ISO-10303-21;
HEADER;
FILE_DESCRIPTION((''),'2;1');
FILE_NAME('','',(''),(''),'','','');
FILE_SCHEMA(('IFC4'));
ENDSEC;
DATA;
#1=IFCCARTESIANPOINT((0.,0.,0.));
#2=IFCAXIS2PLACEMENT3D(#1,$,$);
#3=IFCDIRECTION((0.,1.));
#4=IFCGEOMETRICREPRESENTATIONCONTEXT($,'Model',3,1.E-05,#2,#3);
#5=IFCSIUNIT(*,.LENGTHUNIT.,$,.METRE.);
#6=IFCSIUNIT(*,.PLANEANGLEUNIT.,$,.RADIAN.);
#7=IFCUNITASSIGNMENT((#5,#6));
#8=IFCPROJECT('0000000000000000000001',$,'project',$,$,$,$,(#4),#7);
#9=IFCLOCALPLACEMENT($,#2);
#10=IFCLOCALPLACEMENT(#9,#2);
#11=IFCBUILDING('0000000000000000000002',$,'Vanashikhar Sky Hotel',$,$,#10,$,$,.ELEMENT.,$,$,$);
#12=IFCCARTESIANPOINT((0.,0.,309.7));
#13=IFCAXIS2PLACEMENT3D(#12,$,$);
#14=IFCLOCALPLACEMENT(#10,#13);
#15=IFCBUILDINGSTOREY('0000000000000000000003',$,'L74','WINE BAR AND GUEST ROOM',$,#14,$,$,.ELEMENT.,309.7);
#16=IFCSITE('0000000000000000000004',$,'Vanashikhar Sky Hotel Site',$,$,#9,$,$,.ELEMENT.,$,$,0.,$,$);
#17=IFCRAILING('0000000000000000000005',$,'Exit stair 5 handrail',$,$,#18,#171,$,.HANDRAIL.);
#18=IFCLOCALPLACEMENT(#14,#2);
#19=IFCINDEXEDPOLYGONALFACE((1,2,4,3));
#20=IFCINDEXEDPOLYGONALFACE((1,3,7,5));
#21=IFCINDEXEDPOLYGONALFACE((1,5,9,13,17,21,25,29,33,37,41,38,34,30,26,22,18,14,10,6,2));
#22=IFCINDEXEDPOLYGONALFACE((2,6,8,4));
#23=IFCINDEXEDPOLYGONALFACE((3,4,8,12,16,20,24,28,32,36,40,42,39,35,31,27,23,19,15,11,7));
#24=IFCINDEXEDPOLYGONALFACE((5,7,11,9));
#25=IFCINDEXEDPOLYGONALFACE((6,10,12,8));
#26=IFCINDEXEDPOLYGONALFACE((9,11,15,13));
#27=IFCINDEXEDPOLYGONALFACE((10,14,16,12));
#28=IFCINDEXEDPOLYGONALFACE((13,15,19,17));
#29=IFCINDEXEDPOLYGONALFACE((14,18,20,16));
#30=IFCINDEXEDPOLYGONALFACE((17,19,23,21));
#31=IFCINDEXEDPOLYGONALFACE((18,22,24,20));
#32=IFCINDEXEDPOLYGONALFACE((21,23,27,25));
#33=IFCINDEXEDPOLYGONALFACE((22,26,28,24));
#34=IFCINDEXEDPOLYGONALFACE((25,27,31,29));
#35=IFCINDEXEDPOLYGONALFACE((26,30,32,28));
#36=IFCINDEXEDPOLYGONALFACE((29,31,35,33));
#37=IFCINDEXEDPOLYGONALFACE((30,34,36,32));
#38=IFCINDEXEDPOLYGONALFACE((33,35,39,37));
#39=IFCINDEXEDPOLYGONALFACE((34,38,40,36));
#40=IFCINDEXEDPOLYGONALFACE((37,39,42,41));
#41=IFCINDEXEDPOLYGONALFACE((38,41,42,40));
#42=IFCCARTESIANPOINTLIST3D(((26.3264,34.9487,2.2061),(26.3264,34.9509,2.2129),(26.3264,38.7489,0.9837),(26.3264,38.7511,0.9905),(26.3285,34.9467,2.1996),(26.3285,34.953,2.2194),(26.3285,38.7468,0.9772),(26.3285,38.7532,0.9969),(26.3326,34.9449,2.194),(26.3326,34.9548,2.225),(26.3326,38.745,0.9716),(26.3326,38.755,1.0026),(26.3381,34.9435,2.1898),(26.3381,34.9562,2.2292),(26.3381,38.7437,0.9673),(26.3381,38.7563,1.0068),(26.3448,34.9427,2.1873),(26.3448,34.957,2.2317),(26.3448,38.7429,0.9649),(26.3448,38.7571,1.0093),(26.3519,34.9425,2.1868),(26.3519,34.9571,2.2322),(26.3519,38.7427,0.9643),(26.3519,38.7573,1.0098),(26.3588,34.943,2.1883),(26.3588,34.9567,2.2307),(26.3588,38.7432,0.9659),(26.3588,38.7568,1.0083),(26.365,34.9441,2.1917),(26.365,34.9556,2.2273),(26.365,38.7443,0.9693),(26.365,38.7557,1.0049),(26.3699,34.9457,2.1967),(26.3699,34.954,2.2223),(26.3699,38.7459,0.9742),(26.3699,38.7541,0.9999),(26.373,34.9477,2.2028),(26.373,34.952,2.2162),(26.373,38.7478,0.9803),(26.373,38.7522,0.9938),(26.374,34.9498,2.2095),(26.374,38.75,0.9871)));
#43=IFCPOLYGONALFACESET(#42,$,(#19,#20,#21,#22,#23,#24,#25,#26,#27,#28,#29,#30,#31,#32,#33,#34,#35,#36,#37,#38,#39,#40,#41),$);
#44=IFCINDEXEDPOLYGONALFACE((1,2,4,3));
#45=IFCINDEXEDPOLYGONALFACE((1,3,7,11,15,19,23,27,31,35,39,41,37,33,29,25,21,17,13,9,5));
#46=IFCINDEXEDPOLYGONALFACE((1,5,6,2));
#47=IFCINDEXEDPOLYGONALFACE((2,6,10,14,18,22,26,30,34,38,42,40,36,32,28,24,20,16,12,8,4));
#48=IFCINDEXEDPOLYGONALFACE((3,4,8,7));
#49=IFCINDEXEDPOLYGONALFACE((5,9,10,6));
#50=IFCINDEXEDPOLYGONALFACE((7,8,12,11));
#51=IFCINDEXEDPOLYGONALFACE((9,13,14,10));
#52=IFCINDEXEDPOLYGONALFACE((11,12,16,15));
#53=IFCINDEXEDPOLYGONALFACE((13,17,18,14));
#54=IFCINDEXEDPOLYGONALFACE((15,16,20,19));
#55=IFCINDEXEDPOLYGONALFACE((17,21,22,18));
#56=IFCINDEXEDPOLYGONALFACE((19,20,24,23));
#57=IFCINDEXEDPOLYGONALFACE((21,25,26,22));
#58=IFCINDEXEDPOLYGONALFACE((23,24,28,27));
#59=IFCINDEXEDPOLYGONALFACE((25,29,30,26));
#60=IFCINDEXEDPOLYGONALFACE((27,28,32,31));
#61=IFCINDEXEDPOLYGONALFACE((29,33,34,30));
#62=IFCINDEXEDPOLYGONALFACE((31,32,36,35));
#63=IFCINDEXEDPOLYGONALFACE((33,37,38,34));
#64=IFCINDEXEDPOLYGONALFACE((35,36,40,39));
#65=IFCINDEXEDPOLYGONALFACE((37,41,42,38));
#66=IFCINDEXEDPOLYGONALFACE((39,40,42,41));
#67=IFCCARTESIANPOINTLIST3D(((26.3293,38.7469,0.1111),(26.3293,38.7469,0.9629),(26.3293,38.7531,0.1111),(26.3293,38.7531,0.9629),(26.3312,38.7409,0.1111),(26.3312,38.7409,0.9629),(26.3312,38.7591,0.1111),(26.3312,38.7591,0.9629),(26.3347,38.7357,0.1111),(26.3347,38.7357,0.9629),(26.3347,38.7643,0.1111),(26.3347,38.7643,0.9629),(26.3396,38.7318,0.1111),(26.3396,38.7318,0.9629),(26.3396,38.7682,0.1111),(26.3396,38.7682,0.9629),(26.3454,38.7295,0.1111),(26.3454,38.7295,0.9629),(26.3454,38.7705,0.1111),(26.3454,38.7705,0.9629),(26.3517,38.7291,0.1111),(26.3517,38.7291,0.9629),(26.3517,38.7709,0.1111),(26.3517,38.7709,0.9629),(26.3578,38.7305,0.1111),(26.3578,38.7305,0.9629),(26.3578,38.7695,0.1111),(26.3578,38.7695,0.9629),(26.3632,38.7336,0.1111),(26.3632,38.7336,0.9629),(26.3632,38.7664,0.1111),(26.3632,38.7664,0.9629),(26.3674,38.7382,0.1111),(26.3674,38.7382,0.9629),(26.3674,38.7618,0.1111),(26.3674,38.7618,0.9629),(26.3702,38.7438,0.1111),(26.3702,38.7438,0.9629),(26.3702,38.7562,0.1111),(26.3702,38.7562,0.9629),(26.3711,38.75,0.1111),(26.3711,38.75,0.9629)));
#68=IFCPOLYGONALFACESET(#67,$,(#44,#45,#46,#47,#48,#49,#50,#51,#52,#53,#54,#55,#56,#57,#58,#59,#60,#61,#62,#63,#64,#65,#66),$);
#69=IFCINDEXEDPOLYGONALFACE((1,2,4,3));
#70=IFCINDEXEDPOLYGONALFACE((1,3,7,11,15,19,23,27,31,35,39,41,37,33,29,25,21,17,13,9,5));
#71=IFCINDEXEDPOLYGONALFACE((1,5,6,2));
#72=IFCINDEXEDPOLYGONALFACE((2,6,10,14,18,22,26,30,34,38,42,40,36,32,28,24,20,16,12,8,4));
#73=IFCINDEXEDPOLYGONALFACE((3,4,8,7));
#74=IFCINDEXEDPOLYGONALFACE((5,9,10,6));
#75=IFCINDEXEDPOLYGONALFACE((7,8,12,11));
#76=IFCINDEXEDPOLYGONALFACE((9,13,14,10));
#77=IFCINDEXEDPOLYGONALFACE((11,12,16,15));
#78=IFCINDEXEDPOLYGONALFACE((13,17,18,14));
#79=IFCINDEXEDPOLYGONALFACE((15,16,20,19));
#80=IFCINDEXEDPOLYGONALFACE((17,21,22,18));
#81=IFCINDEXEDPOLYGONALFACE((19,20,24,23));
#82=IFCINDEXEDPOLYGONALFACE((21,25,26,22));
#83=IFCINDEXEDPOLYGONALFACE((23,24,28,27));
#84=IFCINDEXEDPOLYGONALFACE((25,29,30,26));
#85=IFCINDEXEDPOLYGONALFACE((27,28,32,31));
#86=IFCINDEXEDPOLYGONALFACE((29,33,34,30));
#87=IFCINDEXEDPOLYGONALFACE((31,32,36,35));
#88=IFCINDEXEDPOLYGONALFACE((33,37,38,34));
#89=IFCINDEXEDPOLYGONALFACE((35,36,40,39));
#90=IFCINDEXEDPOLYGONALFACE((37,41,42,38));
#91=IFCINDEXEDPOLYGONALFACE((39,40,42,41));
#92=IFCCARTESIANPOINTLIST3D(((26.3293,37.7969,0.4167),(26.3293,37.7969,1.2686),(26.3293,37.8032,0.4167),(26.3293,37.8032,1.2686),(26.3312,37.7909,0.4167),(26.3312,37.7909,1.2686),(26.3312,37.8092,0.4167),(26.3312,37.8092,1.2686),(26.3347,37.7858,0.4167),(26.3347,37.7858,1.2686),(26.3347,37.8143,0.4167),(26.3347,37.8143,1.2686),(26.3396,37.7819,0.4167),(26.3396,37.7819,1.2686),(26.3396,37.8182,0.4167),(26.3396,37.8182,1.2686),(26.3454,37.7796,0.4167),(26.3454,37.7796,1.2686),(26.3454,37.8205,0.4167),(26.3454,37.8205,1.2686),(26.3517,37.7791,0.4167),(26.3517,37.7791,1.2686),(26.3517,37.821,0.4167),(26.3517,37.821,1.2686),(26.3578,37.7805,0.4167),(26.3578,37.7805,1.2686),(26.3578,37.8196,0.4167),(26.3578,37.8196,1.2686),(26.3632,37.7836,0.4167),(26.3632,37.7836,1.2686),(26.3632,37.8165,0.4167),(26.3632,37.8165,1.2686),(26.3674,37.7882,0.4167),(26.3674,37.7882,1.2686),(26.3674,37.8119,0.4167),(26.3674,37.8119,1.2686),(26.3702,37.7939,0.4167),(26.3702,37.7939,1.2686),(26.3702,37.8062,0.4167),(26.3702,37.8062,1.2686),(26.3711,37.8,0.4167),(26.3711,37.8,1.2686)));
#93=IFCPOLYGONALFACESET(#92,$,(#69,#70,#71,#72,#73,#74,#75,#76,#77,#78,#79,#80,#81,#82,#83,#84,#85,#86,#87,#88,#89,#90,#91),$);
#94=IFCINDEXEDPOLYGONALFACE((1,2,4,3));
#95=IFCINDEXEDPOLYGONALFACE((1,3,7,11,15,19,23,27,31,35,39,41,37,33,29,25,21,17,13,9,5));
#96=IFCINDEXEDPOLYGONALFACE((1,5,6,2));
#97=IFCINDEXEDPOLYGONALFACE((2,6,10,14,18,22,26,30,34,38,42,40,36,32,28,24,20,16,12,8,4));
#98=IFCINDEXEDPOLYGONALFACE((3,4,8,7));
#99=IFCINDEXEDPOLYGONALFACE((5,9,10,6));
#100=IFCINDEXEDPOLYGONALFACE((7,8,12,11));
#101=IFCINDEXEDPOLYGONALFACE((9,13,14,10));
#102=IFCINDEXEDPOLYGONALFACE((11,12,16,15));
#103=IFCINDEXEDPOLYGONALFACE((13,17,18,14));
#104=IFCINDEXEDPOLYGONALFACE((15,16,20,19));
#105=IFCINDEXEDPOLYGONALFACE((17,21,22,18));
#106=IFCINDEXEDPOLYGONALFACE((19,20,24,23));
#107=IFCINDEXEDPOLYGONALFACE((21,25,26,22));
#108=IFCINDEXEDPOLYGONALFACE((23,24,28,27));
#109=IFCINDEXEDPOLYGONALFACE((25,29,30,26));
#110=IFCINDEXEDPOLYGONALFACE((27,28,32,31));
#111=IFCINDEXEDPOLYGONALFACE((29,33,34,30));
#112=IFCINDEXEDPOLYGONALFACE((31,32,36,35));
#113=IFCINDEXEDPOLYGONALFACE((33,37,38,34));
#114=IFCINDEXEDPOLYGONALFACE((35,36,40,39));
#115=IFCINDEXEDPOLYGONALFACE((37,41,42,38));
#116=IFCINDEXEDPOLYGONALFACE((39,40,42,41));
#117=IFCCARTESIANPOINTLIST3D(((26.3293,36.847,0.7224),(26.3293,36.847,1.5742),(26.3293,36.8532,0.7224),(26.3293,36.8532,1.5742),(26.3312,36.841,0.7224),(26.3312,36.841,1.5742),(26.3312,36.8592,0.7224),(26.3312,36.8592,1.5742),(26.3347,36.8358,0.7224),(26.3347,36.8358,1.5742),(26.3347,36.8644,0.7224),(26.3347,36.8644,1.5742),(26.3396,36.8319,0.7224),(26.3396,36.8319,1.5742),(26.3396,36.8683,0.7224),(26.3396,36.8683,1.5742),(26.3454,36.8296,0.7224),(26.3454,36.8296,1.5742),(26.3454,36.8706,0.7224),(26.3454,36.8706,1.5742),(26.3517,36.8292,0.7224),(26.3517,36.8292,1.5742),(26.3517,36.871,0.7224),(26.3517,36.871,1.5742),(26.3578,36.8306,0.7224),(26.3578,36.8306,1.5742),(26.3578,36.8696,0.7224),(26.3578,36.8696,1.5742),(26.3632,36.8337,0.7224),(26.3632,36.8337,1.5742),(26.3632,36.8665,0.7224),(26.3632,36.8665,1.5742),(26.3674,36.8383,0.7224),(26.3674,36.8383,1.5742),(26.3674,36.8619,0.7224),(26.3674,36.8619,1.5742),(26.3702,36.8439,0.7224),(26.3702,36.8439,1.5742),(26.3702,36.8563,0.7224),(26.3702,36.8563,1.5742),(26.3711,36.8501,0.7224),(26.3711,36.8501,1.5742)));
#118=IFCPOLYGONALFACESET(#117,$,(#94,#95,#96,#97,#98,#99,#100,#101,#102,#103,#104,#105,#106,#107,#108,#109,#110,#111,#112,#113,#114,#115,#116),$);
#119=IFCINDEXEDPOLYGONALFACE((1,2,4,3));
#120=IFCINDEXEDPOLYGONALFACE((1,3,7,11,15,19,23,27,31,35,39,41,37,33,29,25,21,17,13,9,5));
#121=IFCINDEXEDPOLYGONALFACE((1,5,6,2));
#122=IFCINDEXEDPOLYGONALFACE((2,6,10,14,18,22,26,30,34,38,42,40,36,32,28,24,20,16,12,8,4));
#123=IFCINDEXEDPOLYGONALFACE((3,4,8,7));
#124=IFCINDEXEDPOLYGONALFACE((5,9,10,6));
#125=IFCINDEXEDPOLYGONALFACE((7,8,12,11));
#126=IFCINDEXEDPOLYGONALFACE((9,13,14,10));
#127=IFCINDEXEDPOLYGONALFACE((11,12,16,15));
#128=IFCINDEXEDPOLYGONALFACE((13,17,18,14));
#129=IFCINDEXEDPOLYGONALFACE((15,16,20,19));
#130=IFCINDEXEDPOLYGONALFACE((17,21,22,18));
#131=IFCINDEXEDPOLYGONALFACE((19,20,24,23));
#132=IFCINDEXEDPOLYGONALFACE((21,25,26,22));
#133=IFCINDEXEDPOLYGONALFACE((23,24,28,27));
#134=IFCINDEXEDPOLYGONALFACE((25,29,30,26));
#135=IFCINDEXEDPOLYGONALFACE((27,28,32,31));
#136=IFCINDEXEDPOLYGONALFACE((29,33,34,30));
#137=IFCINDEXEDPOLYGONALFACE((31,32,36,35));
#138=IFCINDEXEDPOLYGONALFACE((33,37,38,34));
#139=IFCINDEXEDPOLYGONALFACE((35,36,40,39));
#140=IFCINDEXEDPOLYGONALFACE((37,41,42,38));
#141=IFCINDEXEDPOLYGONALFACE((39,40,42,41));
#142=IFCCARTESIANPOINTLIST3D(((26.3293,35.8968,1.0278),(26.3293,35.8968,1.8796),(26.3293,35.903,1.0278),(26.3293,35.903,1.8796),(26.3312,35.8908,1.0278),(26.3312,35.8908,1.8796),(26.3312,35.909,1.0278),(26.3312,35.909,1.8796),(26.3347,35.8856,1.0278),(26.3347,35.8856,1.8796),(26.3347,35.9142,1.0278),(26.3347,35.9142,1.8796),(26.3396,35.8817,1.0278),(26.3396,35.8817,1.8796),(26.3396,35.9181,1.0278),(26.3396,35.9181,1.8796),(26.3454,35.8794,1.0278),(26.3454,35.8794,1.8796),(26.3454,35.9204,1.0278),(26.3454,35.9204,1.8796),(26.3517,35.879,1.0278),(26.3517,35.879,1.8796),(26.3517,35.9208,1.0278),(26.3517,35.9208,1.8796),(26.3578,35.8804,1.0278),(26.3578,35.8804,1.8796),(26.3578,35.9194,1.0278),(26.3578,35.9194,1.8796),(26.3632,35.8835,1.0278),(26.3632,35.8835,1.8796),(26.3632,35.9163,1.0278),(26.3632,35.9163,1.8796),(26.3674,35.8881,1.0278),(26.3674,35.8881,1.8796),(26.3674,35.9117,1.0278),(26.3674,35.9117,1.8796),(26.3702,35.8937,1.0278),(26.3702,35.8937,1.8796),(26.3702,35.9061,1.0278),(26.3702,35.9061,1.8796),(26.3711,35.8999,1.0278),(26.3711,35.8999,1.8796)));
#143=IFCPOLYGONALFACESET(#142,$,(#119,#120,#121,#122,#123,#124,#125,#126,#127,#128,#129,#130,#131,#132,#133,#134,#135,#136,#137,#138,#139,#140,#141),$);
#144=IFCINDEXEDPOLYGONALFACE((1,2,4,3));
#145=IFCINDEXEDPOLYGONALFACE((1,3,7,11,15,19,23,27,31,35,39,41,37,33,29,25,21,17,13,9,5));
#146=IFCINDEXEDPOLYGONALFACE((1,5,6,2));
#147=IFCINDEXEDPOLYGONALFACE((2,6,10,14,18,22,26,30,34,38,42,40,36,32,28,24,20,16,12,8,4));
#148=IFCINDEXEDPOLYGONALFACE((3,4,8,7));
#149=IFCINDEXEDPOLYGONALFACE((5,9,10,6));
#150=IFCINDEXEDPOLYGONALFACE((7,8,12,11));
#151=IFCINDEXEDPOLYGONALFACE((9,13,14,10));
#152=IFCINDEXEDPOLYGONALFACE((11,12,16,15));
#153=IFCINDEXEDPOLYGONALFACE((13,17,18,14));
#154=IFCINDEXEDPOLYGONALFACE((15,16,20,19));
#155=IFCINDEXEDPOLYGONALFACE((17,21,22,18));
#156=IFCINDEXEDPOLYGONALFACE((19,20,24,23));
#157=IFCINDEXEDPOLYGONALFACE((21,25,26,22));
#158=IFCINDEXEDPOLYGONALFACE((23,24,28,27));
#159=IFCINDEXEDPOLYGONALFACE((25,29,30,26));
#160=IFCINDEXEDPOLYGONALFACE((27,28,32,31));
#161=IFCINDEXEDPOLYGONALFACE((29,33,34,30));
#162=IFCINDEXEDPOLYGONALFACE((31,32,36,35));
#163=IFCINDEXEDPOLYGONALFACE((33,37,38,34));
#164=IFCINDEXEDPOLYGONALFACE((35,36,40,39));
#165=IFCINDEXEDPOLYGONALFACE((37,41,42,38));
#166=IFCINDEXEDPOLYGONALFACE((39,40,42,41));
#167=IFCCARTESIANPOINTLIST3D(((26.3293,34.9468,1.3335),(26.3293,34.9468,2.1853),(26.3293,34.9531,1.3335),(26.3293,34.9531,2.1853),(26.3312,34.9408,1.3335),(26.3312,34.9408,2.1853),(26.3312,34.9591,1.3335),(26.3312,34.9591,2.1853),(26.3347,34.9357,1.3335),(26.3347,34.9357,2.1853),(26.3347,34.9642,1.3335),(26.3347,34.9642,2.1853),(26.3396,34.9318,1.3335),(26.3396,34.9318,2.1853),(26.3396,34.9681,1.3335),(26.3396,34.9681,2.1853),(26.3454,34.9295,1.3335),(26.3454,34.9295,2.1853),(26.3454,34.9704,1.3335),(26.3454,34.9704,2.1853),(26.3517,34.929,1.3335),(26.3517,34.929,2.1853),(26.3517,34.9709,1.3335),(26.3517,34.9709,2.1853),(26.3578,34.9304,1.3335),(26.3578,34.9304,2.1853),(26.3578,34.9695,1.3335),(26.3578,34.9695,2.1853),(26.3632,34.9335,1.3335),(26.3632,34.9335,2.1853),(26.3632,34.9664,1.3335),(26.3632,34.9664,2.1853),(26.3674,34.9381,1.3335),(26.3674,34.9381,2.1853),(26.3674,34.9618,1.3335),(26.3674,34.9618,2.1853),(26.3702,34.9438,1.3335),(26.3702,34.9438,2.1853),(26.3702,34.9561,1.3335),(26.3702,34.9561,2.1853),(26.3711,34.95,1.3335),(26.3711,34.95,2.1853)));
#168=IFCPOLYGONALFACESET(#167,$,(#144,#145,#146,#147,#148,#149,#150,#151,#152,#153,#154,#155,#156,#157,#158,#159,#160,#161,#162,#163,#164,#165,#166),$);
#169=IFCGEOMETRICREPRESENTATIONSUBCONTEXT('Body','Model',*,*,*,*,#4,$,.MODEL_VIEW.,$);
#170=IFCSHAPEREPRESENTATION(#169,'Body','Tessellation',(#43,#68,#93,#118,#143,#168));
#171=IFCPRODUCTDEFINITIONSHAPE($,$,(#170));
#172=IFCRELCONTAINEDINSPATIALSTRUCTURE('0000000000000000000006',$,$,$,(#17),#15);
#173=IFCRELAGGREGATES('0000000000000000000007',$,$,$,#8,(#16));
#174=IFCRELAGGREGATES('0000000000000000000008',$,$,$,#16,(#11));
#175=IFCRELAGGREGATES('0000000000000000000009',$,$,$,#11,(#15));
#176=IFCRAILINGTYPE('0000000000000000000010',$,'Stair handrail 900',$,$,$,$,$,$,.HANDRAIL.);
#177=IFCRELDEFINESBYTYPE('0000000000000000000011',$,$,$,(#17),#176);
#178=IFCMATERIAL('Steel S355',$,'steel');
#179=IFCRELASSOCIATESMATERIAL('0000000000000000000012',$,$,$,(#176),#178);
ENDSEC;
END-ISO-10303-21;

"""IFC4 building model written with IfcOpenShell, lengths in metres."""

from ifc_helpers import new_model, si_unit, direction, frame, origin, origin_2d, place, context, subcontext, project, spatial, circle, extrude, source, transform, mapped, material, type_object, element, save


model = new_model("IFC4")

# Units and contexts
model_context = context("Model", 3, precision=1e-05, world=origin(), true_north=direction((0.0, 1.0)))
body_context = subcontext(model_context, "Body", "Model", "MODEL_VIEW")
ifc_project = project(units=[si_unit("LENGTHUNIT", "METRE"), si_unit("PLANEANGLEUNIT", "RADIAN")], contexts=[model_context])

# Site, building, storey
site_placement = place(None, origin())
site = spatial("IfcSite", under=ifc_project, at=site_placement, Name="Vanashikhar Sky Hotel Site", CompositionType="ELEMENT", RefElevation=0.0)
building_placement = place(site_placement, origin())
building = spatial("IfcBuilding", under=site, at=building_placement, Name="Vanashikhar Sky Hotel", CompositionType="ELEMENT")
storey_placement = place(building_placement, frame((0.0, 0.0, 309.7)))
storey = spatial("IfcBuildingStorey", under=building, at=storey_placement, Name="L74", Description="WINE BAR AND GUEST ROOM", CompositionType="ELEMENT", Elevation=309.7)

# Railing
ifc_material_1 = material(Name="Steel S355", Category="steel")
railing_type_1 = type_object("IfcRailingType", Name="Stair handrail 900", PredefinedType="HANDRAIL", material=ifc_material_1)
shared_shape_1 = source(origin(), body_context, "Body", "SweptSolid", [
    extrude(circle(Radius=0.0239, at=origin_2d()), frame((0.0, 0.0, 0.876), z_axis=(0.0, -0.951958, 0.306229), x_axis=(1.0, 0.0, 0.0)), (0.0, 0.0, 1.0), 3.9919),
    extrude(circle(Radius=0.021, at=origin_2d()), origin(), (0.0, 0.0, 1.0), 0.8518),
    extrude(circle(Radius=0.021, at=origin_2d()), frame((0.0, -0.95, 0.3057)), (0.0, 0.0, 1.0), 0.8518),
    extrude(circle(Radius=0.021, at=origin_2d()), frame((0.0, -1.8999, 0.6113)), (0.0, 0.0, 1.0), 0.8518),
    extrude(circle(Radius=0.021, at=origin_2d()), frame((0.0, -2.8501, 0.9167)), (0.0, 0.0, 1.0), 0.8518),
    extrude(circle(Radius=0.021, at=origin_2d()), frame((0.0, -3.8, 1.2224)), (0.0, 0.0, 1.0), 0.8518),
])
for number, where, name in (
    (1, (26.3501, 38.75, 0.1111), "Exit stair 5 handrail"),
):
    element("IfcRailing", number, at=place(storey_placement, frame(where)), inside=storey, type_object=railing_type_1, Name=name, PredefinedType="HANDRAIL", context=body_context, shape_type="MappedRepresentation", body=[
        mapped(shared_shape_1, transform((0.0, 0.0, 0.0), scale=1.0)),
    ])

save(model, "model.ifc")
